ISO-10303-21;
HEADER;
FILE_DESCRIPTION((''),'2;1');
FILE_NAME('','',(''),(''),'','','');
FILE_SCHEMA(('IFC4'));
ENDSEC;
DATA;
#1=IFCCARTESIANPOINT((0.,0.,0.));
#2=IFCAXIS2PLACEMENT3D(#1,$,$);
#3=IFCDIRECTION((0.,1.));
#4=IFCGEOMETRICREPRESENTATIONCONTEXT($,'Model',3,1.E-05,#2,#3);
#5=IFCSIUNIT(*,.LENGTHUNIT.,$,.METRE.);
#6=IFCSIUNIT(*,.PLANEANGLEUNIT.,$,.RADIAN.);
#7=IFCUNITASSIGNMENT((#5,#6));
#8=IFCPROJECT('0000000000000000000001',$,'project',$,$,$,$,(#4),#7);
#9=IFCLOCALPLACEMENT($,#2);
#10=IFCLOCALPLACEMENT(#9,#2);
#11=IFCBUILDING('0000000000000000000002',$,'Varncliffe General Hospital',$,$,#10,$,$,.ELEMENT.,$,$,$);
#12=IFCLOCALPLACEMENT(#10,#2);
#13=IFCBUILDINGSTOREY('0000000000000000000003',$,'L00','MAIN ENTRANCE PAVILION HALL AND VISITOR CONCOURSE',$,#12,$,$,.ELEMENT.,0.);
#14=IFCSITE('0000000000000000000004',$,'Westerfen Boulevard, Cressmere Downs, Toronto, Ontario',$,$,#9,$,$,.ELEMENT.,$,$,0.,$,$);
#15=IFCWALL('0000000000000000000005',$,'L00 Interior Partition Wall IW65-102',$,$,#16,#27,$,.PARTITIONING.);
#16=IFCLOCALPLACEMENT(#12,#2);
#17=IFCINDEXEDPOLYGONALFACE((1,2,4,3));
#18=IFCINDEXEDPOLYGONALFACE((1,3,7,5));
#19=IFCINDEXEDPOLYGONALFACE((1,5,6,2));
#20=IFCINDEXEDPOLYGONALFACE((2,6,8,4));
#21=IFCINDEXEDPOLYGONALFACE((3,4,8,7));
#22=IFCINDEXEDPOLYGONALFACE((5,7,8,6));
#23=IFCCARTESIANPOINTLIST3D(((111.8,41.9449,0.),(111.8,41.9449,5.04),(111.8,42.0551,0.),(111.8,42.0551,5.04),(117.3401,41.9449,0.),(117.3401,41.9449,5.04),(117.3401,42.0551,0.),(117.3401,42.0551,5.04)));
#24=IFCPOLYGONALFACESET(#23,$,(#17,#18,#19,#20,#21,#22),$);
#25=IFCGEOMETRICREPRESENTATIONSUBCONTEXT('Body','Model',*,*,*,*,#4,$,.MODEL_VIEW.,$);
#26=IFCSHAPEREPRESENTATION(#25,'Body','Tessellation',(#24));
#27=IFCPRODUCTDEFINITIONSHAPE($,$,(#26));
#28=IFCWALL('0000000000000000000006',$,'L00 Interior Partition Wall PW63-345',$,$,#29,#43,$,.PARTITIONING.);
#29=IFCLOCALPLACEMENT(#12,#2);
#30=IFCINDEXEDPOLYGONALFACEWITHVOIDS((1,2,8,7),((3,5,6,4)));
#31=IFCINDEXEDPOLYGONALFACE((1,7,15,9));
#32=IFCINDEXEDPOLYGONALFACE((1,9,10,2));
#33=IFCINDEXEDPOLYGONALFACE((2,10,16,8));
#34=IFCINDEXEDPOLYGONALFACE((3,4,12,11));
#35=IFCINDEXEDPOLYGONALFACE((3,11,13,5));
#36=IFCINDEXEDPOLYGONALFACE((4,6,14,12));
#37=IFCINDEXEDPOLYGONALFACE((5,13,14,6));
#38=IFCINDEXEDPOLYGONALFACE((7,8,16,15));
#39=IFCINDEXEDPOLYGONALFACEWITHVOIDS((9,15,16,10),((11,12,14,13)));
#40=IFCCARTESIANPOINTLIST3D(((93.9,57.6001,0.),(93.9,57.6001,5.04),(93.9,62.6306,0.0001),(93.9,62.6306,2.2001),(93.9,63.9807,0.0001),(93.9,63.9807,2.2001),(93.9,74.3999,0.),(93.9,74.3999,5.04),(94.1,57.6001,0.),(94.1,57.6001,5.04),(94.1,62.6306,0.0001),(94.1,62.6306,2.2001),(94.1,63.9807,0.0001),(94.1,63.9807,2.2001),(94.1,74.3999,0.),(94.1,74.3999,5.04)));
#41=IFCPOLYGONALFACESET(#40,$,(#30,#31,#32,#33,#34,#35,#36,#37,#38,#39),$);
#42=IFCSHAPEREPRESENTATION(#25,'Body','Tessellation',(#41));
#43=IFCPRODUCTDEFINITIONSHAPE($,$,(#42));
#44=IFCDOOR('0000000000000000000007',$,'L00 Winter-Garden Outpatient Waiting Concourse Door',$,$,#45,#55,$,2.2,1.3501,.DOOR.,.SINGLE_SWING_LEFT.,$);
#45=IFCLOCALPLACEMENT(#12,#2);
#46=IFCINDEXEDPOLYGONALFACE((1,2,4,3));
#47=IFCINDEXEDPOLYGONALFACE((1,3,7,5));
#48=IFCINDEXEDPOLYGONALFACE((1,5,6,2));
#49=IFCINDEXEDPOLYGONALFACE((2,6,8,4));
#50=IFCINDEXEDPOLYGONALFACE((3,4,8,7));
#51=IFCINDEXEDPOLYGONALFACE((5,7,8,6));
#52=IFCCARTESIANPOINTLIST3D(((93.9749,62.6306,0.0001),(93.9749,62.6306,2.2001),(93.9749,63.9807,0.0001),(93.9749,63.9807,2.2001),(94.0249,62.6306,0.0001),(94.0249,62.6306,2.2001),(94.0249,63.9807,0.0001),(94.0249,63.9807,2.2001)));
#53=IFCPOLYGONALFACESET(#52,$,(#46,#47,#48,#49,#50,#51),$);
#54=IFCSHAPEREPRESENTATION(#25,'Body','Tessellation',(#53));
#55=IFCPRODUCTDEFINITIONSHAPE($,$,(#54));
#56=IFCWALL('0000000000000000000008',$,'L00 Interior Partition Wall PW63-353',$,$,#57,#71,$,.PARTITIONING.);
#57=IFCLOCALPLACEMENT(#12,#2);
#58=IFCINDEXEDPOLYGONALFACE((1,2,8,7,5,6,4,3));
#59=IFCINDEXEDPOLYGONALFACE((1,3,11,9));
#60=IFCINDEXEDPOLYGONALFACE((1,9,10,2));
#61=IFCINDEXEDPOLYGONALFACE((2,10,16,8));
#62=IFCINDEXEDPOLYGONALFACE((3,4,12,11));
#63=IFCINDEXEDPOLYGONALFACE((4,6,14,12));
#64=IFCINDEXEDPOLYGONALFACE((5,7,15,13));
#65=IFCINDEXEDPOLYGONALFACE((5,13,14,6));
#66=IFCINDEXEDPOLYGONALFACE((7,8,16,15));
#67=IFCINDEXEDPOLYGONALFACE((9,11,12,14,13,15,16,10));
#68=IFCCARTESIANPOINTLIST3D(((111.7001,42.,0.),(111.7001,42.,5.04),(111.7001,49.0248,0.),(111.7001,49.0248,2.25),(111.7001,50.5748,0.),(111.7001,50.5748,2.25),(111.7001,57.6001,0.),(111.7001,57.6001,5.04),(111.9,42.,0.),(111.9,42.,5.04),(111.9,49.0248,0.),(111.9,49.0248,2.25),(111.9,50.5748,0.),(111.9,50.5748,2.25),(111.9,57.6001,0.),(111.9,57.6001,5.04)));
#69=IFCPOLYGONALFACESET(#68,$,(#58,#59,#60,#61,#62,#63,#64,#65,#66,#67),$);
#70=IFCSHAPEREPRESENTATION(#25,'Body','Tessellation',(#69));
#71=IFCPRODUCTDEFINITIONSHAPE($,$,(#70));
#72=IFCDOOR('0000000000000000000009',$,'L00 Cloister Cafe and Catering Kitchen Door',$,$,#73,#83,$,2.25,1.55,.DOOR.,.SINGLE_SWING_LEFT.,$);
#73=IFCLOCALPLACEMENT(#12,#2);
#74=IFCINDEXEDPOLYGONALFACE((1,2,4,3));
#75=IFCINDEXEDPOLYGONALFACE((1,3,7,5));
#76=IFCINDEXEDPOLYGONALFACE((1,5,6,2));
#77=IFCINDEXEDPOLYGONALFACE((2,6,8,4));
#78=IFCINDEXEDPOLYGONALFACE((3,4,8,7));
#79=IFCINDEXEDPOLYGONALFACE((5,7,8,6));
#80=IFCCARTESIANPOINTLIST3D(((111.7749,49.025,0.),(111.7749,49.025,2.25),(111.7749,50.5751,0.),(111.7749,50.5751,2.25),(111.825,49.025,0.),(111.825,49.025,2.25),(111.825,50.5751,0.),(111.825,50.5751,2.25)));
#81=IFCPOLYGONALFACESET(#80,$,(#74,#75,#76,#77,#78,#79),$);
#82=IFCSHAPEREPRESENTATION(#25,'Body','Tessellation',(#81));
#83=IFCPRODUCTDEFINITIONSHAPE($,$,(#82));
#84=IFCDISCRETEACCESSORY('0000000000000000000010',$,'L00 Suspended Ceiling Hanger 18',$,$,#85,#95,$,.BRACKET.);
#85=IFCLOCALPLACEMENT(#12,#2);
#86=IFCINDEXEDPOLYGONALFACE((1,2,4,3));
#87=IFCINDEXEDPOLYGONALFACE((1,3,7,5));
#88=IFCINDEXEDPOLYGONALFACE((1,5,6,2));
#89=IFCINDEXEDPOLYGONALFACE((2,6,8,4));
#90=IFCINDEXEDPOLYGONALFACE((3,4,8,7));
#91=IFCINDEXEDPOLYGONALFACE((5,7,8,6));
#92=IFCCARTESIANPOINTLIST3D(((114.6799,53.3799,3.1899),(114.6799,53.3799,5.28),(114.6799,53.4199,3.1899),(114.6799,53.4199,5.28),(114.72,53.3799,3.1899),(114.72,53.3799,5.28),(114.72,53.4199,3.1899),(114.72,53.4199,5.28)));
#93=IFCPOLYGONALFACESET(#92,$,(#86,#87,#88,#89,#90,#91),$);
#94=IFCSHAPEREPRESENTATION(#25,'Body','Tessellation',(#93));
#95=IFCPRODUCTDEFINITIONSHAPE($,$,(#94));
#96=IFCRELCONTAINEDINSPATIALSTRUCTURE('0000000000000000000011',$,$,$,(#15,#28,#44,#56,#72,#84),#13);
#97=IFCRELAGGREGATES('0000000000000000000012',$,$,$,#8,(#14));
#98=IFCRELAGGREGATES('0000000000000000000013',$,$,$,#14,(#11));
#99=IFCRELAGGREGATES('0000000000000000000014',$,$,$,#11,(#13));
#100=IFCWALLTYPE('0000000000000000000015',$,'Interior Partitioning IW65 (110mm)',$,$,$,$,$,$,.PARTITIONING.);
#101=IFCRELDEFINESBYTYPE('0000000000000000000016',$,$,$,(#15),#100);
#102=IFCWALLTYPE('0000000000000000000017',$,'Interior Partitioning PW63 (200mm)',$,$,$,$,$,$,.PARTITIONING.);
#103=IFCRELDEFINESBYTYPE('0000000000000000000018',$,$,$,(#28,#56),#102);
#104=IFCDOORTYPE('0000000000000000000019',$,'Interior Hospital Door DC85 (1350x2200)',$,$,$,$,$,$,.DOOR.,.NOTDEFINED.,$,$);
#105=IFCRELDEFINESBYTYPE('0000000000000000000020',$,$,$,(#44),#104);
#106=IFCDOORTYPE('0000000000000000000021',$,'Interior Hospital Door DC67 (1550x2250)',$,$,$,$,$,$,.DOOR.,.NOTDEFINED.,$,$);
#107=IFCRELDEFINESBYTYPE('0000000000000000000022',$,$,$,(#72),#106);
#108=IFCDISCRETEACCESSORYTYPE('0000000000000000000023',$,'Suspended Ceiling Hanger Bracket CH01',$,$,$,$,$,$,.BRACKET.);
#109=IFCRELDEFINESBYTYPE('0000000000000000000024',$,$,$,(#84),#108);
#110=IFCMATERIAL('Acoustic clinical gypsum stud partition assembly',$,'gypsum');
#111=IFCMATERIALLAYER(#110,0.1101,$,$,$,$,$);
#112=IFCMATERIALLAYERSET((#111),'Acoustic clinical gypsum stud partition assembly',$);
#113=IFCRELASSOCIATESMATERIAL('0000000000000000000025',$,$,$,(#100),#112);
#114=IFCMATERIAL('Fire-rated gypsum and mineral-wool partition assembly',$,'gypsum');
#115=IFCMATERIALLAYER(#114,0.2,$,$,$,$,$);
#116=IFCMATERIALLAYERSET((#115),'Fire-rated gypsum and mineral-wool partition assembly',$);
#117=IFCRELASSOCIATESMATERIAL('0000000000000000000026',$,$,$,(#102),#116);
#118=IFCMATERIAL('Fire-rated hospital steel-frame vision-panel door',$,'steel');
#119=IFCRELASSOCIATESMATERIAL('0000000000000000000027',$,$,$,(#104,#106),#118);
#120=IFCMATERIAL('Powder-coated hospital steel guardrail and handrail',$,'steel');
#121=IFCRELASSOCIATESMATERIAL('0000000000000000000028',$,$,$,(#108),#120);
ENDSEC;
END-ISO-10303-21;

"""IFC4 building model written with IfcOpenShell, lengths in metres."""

from ifc_helpers import new_model, si_unit, direction, frame, frame_2d, origin, origin_2d, place, context, subcontext, project, spatial, rectangle, extrude, material, layer, layer_set, type_object, element, fill, save


model = new_model("IFC4")

# Units and contexts
model_context = context("Model", 3, precision=1e-05, world=origin(), true_north=direction((0.0, 1.0)))
body_context = subcontext(model_context, "Body", "Model", "MODEL_VIEW")
ifc_project = project(units=[si_unit("LENGTHUNIT", "METRE"), si_unit("PLANEANGLEUNIT", "RADIAN")], contexts=[model_context])

# Site, building, storey
site_placement = place(None, origin())
site = spatial("IfcSite", under=ifc_project, at=site_placement, Name="Westerfen Boulevard, Cressmere Downs, Toronto, Ontario", CompositionType="ELEMENT", RefElevation=0.0)
building_placement = place(site_placement, origin())
building = spatial("IfcBuilding", under=site, at=building_placement, Name="Varncliffe General Hospital", CompositionType="ELEMENT")
storey_placement = place(building_placement, origin())
storey = spatial("IfcBuildingStorey", under=building, at=storey_placement, Name="L00", Description="MAIN ENTRANCE PAVILION HALL AND VISITOR CONCOURSE", CompositionType="ELEMENT", Elevation=0.0)

# Wall
ifc_material_1 = material(Name="Acoustic clinical gypsum stud partition assembly", Category="gypsum")
ifc_layer_1 = layer(ifc_material_1, 0.1101)
ifc_layer_set_1 = layer_set([ifc_layer_1], Name="Acoustic clinical gypsum stud partition assembly")
wall_type_1 = type_object("IfcWallType", Name="Interior Partitioning IW65 (110mm)", PredefinedType="PARTITIONING", material=ifc_layer_set_1)
wall_1_placement = place(storey_placement, frame((111.8, 42.0, 0.0), z_axis=(0.0, 0.0, 1.0), x_axis=(1.0, 0.0, 0.0)))
element("IfcWall", 1, at=wall_1_placement, inside=storey, type_object=wall_type_1, Name="L00 Interior Partition Wall IW65-102", PredefinedType="PARTITIONING", context=body_context, shape_type="SweptSolid", body=[
    extrude(rectangle(XDim=5.54, YDim=0.1101, at=frame_2d((2.77, 0.0))), origin(), (0.0, 0.0, 1.0), 5.04),
])

# Walls, openings, doors
ifc_material_2 = material(Name="Fire-rated gypsum and mineral-wool partition assembly", Category="gypsum")
ifc_layer_2 = layer(ifc_material_2, 0.2)
ifc_layer_set_2 = layer_set([ifc_layer_2], Name="Fire-rated gypsum and mineral-wool partition assembly")
wall_type_2 = type_object("IfcWallType", Name="Interior Partitioning PW63 (200mm)", PredefinedType="PARTITIONING", material=ifc_layer_set_2)
wall_2_placement = place(storey_placement, frame((94.0, 57.6001, 0.0), z_axis=(0.0, 0.0, 1.0), x_axis=(0.0, 1.0, 0.0)))
wall_2 = element("IfcWall", 2, at=wall_2_placement, inside=storey, type_object=wall_type_2, Name="L00 Interior Partition Wall PW63-345", PredefinedType="PARTITIONING", context=body_context, shape_type="SweptSolid", body=[
    extrude(rectangle(XDim=16.7998, YDim=0.2, at=frame_2d((8.3999, 0.0))), origin(), (0.0, 0.0, 1.0), 5.04),
])
opening_1_placement = place(wall_2_placement, frame((5.0305, 0.0, 0.0)))
opening_1 = element("IfcOpeningElement", 3, at=opening_1_placement, cuts=wall_2, PredefinedType="OPENING", context=body_context, shape_type="SweptSolid", body=[
    extrude(rectangle(XDim=1.3501, YDim=2.2, at=frame_2d((0.675, 1.1001))), frame((0.0, 0.1099, 0.0), z_axis=(0.0, -1.0, 0.0), x_axis=(1.0, 0.0, 0.0)), (0.0, 0.0, 1.0), 0.22),
])
ifc_material_3 = material(Name="Fire-rated hospital steel-frame vision-panel door", Category="steel")
door_type_1 = type_object("IfcDoorType", Name="Interior Hospital Door DC85 (1350x2200)", OperationType="NOTDEFINED", PredefinedType="DOOR", material=ifc_material_3)
door_1_placement = place(opening_1_placement, frame((1.3501, 0.0, 0.0), z_axis=(0.0, 0.0, 1.0), x_axis=(-1.0, 0.0, 0.0)))
door_1 = element("IfcDoor", 4, at=door_1_placement, inside=storey, type_object=door_type_1, Name="L00 Winter-Garden Outpatient Waiting Concourse Door", OperationType="SINGLE_SWING_LEFT", OverallHeight=2.2, OverallWidth=1.3501, PredefinedType="DOOR", context=body_context, shape_type="SweptSolid", body=[
    extrude(rectangle(XDim=1.3501, YDim=2.2, at=frame_2d((0.675, 1.1001))), frame((0.0, 0.0249, 0.0), z_axis=(0.0, -1.0, 0.0), x_axis=(1.0, 0.0, 0.0)), (0.0, 0.0, 1.0), 0.05),
])
fill(opening_1, door_1)
wall_3_placement = place(storey_placement, frame((111.8, 42.0, 0.0), z_axis=(0.0, 0.0, 1.0), x_axis=(0.0, 1.0, 0.0)))
wall_3 = element("IfcWall", 5, at=wall_3_placement, inside=storey, type_object=wall_type_2, Name="L00 Interior Partition Wall PW63-353", PredefinedType="PARTITIONING", context=body_context, shape_type="SweptSolid", body=[
    extrude(rectangle(XDim=15.6001, YDim=0.2, at=frame_2d((7.8, 0.0))), origin(), (0.0, 0.0, 1.0), 5.04),
])
opening_2_placement = place(wall_3_placement, frame((7.0249, 0.0, 0.0)))
opening_2 = element("IfcOpeningElement", 6, at=opening_2_placement, cuts=wall_3, PredefinedType="OPENING", context=body_context, shape_type="SweptSolid", body=[
    extrude(rectangle(XDim=1.55, YDim=2.25, at=frame_2d((0.7749, 1.125))), frame((0.0, 0.1099, 0.0), z_axis=(0.0, -1.0, 0.0), x_axis=(1.0, 0.0, 0.0)), (0.0, 0.0, 1.0), 0.22),
])
door_type_2 = type_object("IfcDoorType", Name="Interior Hospital Door DC67 (1550x2250)", OperationType="NOTDEFINED", PredefinedType="DOOR", material=ifc_material_3)
door_2_placement = place(opening_2_placement, frame((1.55, 0.0, 0.0), z_axis=(0.0, 0.0, 1.0), x_axis=(-1.0, 0.0, 0.0)))
door_2 = element("IfcDoor", 7, at=door_2_placement, inside=storey, type_object=door_type_2, Name="L00 Cloister Cafe and Catering Kitchen Door", OperationType="SINGLE_SWING_LEFT", OverallHeight=2.25, OverallWidth=1.55, PredefinedType="DOOR", context=body_context, shape_type="SweptSolid", body=[
    extrude(rectangle(XDim=1.55, YDim=2.25, at=frame_2d((0.7749, 1.125))), frame((0.0, 0.0249, 0.0), z_axis=(0.0, -1.0, 0.0), x_axis=(1.0, 0.0, 0.0)), (0.0, 0.0, 1.0), 0.05),
])
fill(opening_2, door_2)

# Discrete accessory
ifc_material_4 = material(Name="Powder-coated hospital steel guardrail and handrail", Category="steel")
discrete_accessory_type = type_object("IfcDiscreteAccessoryType", Name="Suspended Ceiling Hanger Bracket CH01", PredefinedType="BRACKET", material=ifc_material_4)
discrete_accessory_placement = place(storey_placement, frame((114.7, 53.3999, 3.1899), z_axis=(0.0, 0.0, 1.0), x_axis=(1.0, 0.0, 0.0)))
element("IfcDiscreteAccessory", 8, at=discrete_accessory_placement, inside=storey, type_object=discrete_accessory_type, Name="L00 Suspended Ceiling Hanger 18", PredefinedType="BRACKET", context=body_context, shape_type="SweptSolid", body=[
    extrude(rectangle(XDim=0.04, YDim=0.04, at=origin_2d()), origin(), (0.0, 0.0, 1.0), 2.0901),
])

save(model, "model.ifc")
